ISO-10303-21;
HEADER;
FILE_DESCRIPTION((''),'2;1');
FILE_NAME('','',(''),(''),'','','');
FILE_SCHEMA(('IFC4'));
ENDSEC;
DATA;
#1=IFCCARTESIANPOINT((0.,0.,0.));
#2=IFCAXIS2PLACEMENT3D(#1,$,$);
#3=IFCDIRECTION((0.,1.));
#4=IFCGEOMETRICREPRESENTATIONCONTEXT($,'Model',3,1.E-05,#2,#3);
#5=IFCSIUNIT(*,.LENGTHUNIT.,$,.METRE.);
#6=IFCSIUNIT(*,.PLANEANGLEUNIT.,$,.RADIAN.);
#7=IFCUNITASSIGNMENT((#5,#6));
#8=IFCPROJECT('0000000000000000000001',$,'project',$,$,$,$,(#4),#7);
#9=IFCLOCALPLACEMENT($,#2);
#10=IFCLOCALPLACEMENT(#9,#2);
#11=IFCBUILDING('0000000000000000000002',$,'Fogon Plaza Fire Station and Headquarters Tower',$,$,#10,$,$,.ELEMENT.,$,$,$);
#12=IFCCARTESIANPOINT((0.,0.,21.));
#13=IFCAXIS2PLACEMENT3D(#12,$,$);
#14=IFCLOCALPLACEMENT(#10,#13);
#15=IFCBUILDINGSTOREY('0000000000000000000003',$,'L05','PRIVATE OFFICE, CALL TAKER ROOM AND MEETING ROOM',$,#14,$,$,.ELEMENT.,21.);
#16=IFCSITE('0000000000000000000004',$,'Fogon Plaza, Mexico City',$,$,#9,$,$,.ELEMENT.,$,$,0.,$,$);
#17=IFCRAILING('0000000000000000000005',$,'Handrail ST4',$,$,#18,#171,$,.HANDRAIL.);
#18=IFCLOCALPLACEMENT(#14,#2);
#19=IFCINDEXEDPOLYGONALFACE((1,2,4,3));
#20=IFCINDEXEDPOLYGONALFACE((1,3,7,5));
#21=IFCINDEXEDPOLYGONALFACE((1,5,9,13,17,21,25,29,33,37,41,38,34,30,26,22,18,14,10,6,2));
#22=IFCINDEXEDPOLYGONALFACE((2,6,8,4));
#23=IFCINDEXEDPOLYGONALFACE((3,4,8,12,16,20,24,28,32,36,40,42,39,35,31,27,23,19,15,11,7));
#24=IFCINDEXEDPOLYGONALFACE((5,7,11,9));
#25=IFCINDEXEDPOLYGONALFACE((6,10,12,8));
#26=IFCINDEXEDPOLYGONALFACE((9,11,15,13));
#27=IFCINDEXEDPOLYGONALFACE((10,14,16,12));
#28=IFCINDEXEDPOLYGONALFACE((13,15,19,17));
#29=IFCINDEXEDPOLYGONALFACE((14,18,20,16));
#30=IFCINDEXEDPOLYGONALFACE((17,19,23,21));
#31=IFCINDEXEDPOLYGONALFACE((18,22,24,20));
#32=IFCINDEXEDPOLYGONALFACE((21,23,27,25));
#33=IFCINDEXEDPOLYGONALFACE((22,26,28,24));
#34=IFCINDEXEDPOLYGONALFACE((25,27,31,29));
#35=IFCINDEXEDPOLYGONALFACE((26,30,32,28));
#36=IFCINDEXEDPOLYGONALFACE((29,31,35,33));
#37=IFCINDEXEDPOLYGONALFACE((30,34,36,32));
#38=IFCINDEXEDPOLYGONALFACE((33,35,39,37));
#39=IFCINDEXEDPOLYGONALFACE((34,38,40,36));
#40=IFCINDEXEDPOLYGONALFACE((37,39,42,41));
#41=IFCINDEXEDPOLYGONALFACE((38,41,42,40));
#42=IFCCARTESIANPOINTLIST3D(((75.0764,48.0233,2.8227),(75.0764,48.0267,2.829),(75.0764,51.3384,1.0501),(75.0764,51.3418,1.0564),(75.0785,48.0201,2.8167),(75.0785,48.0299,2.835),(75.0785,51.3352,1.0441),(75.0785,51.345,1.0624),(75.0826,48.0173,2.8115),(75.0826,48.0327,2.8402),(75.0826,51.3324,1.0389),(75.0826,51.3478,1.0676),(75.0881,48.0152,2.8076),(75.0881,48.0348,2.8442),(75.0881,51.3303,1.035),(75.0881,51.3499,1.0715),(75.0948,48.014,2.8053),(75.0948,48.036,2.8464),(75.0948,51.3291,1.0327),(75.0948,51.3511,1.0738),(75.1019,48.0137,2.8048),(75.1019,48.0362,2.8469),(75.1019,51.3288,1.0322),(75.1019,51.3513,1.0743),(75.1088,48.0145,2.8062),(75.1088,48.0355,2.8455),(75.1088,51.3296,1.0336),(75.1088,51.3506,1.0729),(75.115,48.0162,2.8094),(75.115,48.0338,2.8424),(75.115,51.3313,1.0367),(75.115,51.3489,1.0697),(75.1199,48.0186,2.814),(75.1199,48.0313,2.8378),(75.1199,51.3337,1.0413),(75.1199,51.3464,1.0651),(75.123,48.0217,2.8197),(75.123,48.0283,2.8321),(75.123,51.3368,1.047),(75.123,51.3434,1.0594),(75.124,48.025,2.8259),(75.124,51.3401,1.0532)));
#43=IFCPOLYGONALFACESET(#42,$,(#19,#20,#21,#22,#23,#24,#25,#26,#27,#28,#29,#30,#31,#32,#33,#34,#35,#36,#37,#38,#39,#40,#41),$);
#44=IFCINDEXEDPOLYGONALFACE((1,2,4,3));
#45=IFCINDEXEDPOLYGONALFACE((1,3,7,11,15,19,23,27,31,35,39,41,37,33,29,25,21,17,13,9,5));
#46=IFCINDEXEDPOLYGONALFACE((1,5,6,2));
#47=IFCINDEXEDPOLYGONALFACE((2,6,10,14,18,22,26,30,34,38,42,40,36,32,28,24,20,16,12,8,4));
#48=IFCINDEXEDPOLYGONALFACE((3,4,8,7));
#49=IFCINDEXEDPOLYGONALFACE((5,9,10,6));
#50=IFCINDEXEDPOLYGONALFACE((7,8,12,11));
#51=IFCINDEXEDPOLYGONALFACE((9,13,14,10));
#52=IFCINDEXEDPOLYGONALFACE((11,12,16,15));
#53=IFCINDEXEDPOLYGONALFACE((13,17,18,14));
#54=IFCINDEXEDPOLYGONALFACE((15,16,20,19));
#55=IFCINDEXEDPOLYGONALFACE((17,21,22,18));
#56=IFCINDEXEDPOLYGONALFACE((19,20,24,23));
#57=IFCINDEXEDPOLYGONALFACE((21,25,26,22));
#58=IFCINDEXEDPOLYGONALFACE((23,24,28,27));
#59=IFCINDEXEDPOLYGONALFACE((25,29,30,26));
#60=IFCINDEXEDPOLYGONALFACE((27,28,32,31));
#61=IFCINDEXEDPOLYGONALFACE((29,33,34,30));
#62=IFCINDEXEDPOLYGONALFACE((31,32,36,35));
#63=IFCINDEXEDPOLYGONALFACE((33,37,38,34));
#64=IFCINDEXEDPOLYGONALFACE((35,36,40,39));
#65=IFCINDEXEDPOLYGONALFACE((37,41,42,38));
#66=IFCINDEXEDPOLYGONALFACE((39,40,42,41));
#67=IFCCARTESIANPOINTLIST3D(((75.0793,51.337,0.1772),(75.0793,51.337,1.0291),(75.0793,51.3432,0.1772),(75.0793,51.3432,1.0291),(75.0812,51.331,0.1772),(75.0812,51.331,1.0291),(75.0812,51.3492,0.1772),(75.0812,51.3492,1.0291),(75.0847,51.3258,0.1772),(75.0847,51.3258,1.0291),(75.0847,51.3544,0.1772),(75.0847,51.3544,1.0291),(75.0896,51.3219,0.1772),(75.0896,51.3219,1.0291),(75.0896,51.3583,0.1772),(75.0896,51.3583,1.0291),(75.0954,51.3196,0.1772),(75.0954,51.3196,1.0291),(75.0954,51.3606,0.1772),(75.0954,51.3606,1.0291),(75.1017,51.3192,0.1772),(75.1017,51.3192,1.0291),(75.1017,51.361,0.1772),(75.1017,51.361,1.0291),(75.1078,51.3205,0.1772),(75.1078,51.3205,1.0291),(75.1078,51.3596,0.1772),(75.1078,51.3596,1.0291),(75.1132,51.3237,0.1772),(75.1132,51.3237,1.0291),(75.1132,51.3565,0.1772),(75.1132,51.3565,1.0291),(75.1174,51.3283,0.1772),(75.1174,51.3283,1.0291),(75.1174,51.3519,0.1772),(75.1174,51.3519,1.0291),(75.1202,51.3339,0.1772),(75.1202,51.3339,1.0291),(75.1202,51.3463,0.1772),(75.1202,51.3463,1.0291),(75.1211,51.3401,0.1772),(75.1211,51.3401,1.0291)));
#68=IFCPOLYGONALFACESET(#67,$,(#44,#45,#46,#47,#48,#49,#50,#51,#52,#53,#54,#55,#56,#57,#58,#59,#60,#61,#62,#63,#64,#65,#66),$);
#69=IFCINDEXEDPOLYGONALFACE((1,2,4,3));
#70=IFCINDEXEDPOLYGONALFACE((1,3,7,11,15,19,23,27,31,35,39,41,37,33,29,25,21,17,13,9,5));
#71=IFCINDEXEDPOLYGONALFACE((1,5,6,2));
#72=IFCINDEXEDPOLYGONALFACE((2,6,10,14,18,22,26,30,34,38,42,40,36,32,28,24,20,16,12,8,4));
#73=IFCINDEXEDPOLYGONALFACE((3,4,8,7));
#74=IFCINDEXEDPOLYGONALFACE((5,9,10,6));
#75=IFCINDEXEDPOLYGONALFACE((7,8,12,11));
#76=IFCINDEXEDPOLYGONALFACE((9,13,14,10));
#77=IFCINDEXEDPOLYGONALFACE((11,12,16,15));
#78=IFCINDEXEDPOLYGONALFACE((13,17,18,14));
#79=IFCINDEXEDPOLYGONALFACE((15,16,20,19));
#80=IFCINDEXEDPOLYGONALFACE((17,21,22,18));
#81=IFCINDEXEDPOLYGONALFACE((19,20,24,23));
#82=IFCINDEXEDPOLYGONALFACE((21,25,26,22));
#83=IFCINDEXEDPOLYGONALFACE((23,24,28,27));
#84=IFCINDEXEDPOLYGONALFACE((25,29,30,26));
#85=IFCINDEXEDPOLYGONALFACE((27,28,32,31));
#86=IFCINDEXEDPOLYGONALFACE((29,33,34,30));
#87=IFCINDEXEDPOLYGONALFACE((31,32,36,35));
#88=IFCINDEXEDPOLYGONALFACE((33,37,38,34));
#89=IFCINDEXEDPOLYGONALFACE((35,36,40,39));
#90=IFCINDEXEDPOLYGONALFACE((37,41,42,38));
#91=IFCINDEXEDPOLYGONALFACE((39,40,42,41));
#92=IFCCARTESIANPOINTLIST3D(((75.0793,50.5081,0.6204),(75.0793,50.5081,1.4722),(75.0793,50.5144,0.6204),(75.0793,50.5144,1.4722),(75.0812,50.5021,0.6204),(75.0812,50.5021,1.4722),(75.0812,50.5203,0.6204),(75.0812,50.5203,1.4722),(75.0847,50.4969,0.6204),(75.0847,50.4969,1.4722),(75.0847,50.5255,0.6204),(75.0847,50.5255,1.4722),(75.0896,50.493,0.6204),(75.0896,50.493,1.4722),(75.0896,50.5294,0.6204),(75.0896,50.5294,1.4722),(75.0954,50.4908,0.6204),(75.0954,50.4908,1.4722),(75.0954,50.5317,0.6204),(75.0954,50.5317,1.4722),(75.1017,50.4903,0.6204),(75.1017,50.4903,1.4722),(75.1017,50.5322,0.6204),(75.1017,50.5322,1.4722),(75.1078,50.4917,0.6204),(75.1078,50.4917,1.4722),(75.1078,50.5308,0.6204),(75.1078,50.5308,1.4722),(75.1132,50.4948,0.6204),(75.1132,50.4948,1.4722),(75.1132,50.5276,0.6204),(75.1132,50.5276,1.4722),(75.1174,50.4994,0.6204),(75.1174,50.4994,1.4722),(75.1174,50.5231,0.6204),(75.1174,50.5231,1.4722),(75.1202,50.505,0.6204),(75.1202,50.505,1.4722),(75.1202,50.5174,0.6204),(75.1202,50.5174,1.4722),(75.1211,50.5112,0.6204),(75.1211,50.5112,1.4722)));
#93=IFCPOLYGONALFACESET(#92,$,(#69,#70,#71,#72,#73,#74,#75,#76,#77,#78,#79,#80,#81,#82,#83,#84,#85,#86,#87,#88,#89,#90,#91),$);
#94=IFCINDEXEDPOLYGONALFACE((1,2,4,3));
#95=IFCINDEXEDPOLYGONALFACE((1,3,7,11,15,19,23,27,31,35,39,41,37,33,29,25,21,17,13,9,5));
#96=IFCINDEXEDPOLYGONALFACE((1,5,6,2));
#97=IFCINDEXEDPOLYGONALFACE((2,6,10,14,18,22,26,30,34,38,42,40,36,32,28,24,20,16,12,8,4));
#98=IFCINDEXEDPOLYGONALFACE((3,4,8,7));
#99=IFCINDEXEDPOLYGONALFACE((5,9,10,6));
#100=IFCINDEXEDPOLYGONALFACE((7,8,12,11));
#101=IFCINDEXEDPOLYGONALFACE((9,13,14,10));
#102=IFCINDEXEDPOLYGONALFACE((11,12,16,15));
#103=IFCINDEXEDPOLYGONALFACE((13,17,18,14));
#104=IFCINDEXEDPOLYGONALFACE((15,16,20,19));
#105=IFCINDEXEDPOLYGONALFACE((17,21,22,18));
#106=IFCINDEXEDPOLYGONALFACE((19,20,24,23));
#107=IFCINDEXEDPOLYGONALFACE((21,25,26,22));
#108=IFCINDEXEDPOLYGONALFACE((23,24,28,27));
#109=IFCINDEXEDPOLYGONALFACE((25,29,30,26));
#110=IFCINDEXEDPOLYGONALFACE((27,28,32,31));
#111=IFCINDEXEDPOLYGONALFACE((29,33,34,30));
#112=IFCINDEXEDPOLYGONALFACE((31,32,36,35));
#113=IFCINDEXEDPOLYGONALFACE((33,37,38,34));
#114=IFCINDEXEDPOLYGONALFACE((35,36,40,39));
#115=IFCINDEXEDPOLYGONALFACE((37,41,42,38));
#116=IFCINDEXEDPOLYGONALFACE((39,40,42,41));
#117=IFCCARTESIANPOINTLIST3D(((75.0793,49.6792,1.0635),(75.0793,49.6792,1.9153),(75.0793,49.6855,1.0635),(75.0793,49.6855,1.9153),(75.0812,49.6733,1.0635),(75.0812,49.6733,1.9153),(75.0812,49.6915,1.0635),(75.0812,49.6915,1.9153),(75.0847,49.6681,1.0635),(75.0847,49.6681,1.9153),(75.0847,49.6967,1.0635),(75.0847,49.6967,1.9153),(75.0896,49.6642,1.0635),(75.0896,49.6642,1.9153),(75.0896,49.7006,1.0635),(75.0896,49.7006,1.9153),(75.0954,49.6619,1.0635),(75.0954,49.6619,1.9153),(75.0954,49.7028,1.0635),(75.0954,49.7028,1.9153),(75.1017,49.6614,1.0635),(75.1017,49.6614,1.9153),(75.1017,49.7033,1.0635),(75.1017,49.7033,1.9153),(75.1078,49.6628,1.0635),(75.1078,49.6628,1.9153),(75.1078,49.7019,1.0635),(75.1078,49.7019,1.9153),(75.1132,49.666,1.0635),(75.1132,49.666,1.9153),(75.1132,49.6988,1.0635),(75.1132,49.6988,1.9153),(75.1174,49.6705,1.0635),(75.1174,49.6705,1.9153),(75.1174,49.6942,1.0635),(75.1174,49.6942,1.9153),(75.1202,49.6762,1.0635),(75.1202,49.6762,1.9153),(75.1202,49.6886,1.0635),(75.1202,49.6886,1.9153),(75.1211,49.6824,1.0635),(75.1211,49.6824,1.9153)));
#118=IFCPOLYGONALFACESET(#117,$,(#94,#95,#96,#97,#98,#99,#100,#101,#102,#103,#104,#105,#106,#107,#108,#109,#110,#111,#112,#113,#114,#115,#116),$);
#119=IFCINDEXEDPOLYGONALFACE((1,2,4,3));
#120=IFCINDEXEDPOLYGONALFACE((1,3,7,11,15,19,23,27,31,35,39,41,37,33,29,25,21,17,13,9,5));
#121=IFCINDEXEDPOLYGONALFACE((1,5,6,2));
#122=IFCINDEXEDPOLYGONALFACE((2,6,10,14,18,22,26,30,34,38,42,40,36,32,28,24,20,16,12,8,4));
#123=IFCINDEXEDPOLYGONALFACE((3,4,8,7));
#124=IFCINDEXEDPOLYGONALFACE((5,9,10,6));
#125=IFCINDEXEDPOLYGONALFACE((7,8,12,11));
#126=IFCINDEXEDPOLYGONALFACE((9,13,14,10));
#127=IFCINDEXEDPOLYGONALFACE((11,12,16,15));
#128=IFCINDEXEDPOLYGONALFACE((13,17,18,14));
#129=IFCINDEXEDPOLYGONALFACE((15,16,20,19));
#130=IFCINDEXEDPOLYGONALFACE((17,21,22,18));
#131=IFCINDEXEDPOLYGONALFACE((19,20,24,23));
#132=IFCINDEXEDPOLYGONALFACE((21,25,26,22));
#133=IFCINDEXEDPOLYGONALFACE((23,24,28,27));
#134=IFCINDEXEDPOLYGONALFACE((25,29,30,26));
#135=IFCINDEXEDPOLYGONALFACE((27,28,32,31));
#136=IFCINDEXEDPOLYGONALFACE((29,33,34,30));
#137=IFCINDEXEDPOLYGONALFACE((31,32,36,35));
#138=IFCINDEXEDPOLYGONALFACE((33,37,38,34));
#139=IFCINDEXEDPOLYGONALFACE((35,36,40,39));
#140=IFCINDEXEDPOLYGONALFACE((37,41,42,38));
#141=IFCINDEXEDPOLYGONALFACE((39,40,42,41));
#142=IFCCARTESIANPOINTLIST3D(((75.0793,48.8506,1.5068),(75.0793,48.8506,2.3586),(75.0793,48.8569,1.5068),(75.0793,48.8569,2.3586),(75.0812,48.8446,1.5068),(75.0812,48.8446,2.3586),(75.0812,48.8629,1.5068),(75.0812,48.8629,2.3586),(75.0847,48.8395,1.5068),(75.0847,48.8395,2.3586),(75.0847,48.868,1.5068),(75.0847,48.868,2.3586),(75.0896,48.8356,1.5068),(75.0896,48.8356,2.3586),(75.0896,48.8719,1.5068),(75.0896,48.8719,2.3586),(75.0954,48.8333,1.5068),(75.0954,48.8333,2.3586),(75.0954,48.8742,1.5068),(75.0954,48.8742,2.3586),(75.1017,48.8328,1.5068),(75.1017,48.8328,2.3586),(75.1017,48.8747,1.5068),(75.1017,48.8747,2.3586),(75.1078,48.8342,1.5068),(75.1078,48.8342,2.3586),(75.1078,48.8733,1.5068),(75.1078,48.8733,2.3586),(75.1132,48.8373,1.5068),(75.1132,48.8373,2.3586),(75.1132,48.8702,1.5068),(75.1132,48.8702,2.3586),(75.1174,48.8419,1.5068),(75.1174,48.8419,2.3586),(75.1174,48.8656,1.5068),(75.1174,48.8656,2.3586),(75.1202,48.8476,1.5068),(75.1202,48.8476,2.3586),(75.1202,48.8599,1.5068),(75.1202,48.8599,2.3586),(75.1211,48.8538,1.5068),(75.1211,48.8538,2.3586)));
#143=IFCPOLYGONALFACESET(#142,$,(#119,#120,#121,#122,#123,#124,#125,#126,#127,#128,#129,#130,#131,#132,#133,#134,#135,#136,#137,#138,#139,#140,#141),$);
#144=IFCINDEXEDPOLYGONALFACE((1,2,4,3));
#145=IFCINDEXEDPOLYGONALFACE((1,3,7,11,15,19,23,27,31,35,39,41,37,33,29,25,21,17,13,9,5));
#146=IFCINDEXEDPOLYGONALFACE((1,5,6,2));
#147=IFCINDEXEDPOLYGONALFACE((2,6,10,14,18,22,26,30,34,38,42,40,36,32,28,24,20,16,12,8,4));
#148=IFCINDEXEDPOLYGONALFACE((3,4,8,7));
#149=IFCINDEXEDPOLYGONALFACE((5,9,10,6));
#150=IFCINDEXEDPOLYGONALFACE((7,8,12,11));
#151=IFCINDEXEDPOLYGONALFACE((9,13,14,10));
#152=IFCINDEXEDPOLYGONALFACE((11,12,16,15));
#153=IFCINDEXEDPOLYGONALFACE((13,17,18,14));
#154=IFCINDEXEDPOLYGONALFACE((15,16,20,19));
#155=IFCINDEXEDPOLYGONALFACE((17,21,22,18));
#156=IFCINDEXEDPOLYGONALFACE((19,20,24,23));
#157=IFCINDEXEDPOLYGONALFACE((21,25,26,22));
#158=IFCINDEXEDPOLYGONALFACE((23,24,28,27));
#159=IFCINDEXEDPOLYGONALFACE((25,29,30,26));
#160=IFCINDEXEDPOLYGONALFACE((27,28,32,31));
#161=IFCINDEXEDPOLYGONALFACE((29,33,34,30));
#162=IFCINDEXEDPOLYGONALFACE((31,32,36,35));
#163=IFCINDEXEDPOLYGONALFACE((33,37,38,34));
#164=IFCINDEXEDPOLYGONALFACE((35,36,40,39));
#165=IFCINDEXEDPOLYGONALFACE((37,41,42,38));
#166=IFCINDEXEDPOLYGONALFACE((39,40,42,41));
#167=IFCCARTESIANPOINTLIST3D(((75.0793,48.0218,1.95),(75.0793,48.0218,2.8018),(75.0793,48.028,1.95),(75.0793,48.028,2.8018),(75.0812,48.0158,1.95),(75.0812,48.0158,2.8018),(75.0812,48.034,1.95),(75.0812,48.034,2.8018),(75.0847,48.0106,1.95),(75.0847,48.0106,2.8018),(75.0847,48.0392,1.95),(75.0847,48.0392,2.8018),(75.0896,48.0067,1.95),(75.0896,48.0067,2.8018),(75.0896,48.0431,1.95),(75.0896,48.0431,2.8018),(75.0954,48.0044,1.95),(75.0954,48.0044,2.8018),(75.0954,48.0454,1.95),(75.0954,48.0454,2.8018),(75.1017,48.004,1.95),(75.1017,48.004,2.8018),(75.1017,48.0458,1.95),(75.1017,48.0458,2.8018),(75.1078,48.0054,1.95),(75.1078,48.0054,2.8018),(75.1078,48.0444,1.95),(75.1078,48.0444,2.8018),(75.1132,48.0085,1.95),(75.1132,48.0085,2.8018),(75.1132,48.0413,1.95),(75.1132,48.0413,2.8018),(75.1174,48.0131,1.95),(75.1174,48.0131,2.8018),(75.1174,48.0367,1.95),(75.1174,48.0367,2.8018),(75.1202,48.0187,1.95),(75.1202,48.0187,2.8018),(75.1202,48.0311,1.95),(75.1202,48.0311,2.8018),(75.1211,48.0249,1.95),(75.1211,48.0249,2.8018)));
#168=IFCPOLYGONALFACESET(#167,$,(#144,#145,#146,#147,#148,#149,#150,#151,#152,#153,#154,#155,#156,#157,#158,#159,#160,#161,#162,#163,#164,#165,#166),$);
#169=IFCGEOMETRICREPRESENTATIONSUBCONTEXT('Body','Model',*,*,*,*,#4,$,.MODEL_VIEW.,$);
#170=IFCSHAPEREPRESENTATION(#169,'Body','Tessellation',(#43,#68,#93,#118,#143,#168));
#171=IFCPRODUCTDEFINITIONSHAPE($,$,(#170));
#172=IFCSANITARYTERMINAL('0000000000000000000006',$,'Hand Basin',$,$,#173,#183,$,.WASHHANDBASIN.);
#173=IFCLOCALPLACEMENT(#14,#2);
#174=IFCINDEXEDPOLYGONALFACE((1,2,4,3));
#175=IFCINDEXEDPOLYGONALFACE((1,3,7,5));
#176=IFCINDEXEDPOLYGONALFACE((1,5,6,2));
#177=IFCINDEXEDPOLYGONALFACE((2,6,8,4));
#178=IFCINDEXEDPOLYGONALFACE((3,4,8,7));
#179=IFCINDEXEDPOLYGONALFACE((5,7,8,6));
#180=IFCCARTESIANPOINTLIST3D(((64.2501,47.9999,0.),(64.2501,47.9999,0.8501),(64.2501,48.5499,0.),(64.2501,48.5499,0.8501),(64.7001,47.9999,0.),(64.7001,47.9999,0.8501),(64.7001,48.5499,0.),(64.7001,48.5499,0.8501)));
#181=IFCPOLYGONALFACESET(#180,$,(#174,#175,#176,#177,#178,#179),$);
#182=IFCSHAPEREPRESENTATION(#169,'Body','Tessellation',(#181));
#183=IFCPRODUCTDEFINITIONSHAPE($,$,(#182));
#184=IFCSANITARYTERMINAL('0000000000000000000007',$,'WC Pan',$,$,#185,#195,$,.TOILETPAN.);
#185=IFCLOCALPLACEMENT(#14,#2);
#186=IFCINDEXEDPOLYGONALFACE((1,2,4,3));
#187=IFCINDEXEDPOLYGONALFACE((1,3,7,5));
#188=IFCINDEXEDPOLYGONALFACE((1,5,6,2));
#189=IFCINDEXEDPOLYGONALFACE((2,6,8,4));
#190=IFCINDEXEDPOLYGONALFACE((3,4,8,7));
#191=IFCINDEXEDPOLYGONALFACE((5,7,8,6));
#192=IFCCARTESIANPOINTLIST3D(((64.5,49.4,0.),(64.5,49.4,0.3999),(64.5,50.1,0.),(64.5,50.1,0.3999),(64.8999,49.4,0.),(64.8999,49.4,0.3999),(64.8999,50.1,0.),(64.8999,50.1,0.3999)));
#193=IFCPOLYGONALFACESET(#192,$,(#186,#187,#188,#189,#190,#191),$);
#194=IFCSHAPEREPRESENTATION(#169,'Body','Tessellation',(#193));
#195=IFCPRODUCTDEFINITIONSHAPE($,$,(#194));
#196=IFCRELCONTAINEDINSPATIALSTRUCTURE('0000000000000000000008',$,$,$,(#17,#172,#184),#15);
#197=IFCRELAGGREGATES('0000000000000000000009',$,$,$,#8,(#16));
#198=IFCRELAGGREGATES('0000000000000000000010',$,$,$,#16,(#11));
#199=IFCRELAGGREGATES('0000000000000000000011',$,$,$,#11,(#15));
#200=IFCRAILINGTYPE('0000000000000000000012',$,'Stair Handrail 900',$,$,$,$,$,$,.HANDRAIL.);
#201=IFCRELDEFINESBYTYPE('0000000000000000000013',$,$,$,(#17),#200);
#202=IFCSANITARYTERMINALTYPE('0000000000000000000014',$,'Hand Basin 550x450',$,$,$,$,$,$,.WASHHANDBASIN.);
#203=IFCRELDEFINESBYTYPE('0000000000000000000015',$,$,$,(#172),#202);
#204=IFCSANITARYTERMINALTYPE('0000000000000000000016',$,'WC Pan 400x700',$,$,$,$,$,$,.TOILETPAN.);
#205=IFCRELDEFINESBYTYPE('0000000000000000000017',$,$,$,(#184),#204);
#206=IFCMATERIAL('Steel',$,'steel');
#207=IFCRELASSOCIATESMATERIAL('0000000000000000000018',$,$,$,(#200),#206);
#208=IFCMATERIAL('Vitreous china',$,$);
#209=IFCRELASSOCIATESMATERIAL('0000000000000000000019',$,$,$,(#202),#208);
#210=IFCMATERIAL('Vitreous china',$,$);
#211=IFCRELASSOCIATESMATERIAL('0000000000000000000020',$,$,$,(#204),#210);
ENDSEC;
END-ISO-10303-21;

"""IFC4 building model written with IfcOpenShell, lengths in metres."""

from ifc_helpers import new_model, si_unit, direction, frame, origin, origin_2d, place, context, subcontext, project, spatial, rectangle, circle, extrude, material, type_object, element, save


model = new_model("IFC4")

# Units and contexts
model_context = context("Model", 3, precision=1e-05, world=origin(), true_north=direction((0.0, 1.0)))
body_context = subcontext(model_context, "Body", "Model", "MODEL_VIEW")
ifc_project = project(units=[si_unit("LENGTHUNIT", "METRE"), si_unit("PLANEANGLEUNIT", "RADIAN")], contexts=[model_context])

# Site, building, storey
site_placement = place(None, origin())
site = spatial("IfcSite", under=ifc_project, at=site_placement, Name="Fogon Plaza, Mexico City", CompositionType="ELEMENT", RefElevation=0.0)
building_placement = place(site_placement, origin())
building = spatial("IfcBuilding", under=site, at=building_placement, Name="Fogon Plaza Fire Station and Headquarters Tower", CompositionType="ELEMENT")
storey_placement = place(building_placement, frame((0.0, 0.0, 21.0)))
storey = spatial("IfcBuildingStorey", under=building, at=storey_placement, Name="L05", Description="PRIVATE OFFICE, CALL TAKER ROOM AND MEETING ROOM", CompositionType="ELEMENT", Elevation=21.0)

# Railing
ifc_material_1 = material(Name="Steel", Category="steel")
railing_type = type_object("IfcRailingType", Name="Stair Handrail 900", PredefinedType="HANDRAIL", material=ifc_material_1)
for number, where, name in (
    (1, (75.1001, 51.3401, 0.1772), "Handrail ST4"),
):
    element("IfcRailing", number, at=place(storey_placement, frame(where)), inside=storey, type_object=railing_type, Name=name, PredefinedType="HANDRAIL", context=body_context, shape_type="SweptSolid", body=[
        extrude(circle(Radius=0.0239, at=origin_2d()), frame((0.0, 0.0, 0.876), z_axis=(0.0, -0.881844, 0.471542), x_axis=(1.0, 0.0, 0.0)), (0.0, 0.0, 1.0), 3.7593),
        extrude(circle(Radius=0.021, at=origin_2d()), origin(), (0.0, 0.0, 1.0), 0.8518),
        extrude(circle(Radius=0.021, at=origin_2d()), frame((0.0, -0.8289, 0.4431)), (0.0, 0.0, 1.0), 0.8518),
        extrude(circle(Radius=0.021, at=origin_2d()), frame((0.0, -1.6577, 0.8862)), (0.0, 0.0, 1.0), 0.8518),
        extrude(circle(Radius=0.021, at=origin_2d()), frame((0.0, -2.4863, 1.3296)), (0.0, 0.0, 1.0), 0.8518),
        extrude(circle(Radius=0.021, at=origin_2d()), frame((0.0, -3.3152, 1.7727)), (0.0, 0.0, 1.0), 0.8518),
    ])

# Sanitary terminals
ifc_material_2 = material(Name="Vitreous china")
sanitary_terminal_type_1 = type_object("IfcSanitaryTerminalType", Name="Hand Basin 550x450", PredefinedType="WASHHANDBASIN", material=ifc_material_2)
sanitary_terminal_1_placement = place(storey_placement, frame((64.4751, 48.2749, 0.0), z_axis=(0.0, 0.0, 1.0), x_axis=(1.0, 0.0, 0.0)))
element("IfcSanitaryTerminal", 2, at=sanitary_terminal_1_placement, inside=storey, type_object=sanitary_terminal_type_1, Name="Hand Basin", PredefinedType="WASHHANDBASIN", context=body_context, shape_type="SweptSolid", body=[
    extrude(rectangle(XDim=0.45, YDim=0.55, at=origin_2d()), origin(), (0.0, 0.0, 1.0), 0.8501),
])
ifc_material_3 = material(Name="Vitreous china")
sanitary_terminal_type_2 = type_object("IfcSanitaryTerminalType", Name="WC Pan 400x700", PredefinedType="TOILETPAN", material=ifc_material_3)
sanitary_terminal_2_placement = place(storey_placement, frame((64.7, 49.75, 0.0), z_axis=(0.0, 0.0, 1.0), x_axis=(1.0, 0.0, 0.0)))
element("IfcSanitaryTerminal", 3, at=sanitary_terminal_2_placement, inside=storey, type_object=sanitary_terminal_type_2, Name="WC Pan", PredefinedType="TOILETPAN", context=body_context, shape_type="SweptSolid", body=[
    extrude(rectangle(XDim=0.3999, YDim=0.7, at=origin_2d()), origin(), (0.0, 0.0, 1.0), 0.3999),
])

save(model, "model.ifc")
